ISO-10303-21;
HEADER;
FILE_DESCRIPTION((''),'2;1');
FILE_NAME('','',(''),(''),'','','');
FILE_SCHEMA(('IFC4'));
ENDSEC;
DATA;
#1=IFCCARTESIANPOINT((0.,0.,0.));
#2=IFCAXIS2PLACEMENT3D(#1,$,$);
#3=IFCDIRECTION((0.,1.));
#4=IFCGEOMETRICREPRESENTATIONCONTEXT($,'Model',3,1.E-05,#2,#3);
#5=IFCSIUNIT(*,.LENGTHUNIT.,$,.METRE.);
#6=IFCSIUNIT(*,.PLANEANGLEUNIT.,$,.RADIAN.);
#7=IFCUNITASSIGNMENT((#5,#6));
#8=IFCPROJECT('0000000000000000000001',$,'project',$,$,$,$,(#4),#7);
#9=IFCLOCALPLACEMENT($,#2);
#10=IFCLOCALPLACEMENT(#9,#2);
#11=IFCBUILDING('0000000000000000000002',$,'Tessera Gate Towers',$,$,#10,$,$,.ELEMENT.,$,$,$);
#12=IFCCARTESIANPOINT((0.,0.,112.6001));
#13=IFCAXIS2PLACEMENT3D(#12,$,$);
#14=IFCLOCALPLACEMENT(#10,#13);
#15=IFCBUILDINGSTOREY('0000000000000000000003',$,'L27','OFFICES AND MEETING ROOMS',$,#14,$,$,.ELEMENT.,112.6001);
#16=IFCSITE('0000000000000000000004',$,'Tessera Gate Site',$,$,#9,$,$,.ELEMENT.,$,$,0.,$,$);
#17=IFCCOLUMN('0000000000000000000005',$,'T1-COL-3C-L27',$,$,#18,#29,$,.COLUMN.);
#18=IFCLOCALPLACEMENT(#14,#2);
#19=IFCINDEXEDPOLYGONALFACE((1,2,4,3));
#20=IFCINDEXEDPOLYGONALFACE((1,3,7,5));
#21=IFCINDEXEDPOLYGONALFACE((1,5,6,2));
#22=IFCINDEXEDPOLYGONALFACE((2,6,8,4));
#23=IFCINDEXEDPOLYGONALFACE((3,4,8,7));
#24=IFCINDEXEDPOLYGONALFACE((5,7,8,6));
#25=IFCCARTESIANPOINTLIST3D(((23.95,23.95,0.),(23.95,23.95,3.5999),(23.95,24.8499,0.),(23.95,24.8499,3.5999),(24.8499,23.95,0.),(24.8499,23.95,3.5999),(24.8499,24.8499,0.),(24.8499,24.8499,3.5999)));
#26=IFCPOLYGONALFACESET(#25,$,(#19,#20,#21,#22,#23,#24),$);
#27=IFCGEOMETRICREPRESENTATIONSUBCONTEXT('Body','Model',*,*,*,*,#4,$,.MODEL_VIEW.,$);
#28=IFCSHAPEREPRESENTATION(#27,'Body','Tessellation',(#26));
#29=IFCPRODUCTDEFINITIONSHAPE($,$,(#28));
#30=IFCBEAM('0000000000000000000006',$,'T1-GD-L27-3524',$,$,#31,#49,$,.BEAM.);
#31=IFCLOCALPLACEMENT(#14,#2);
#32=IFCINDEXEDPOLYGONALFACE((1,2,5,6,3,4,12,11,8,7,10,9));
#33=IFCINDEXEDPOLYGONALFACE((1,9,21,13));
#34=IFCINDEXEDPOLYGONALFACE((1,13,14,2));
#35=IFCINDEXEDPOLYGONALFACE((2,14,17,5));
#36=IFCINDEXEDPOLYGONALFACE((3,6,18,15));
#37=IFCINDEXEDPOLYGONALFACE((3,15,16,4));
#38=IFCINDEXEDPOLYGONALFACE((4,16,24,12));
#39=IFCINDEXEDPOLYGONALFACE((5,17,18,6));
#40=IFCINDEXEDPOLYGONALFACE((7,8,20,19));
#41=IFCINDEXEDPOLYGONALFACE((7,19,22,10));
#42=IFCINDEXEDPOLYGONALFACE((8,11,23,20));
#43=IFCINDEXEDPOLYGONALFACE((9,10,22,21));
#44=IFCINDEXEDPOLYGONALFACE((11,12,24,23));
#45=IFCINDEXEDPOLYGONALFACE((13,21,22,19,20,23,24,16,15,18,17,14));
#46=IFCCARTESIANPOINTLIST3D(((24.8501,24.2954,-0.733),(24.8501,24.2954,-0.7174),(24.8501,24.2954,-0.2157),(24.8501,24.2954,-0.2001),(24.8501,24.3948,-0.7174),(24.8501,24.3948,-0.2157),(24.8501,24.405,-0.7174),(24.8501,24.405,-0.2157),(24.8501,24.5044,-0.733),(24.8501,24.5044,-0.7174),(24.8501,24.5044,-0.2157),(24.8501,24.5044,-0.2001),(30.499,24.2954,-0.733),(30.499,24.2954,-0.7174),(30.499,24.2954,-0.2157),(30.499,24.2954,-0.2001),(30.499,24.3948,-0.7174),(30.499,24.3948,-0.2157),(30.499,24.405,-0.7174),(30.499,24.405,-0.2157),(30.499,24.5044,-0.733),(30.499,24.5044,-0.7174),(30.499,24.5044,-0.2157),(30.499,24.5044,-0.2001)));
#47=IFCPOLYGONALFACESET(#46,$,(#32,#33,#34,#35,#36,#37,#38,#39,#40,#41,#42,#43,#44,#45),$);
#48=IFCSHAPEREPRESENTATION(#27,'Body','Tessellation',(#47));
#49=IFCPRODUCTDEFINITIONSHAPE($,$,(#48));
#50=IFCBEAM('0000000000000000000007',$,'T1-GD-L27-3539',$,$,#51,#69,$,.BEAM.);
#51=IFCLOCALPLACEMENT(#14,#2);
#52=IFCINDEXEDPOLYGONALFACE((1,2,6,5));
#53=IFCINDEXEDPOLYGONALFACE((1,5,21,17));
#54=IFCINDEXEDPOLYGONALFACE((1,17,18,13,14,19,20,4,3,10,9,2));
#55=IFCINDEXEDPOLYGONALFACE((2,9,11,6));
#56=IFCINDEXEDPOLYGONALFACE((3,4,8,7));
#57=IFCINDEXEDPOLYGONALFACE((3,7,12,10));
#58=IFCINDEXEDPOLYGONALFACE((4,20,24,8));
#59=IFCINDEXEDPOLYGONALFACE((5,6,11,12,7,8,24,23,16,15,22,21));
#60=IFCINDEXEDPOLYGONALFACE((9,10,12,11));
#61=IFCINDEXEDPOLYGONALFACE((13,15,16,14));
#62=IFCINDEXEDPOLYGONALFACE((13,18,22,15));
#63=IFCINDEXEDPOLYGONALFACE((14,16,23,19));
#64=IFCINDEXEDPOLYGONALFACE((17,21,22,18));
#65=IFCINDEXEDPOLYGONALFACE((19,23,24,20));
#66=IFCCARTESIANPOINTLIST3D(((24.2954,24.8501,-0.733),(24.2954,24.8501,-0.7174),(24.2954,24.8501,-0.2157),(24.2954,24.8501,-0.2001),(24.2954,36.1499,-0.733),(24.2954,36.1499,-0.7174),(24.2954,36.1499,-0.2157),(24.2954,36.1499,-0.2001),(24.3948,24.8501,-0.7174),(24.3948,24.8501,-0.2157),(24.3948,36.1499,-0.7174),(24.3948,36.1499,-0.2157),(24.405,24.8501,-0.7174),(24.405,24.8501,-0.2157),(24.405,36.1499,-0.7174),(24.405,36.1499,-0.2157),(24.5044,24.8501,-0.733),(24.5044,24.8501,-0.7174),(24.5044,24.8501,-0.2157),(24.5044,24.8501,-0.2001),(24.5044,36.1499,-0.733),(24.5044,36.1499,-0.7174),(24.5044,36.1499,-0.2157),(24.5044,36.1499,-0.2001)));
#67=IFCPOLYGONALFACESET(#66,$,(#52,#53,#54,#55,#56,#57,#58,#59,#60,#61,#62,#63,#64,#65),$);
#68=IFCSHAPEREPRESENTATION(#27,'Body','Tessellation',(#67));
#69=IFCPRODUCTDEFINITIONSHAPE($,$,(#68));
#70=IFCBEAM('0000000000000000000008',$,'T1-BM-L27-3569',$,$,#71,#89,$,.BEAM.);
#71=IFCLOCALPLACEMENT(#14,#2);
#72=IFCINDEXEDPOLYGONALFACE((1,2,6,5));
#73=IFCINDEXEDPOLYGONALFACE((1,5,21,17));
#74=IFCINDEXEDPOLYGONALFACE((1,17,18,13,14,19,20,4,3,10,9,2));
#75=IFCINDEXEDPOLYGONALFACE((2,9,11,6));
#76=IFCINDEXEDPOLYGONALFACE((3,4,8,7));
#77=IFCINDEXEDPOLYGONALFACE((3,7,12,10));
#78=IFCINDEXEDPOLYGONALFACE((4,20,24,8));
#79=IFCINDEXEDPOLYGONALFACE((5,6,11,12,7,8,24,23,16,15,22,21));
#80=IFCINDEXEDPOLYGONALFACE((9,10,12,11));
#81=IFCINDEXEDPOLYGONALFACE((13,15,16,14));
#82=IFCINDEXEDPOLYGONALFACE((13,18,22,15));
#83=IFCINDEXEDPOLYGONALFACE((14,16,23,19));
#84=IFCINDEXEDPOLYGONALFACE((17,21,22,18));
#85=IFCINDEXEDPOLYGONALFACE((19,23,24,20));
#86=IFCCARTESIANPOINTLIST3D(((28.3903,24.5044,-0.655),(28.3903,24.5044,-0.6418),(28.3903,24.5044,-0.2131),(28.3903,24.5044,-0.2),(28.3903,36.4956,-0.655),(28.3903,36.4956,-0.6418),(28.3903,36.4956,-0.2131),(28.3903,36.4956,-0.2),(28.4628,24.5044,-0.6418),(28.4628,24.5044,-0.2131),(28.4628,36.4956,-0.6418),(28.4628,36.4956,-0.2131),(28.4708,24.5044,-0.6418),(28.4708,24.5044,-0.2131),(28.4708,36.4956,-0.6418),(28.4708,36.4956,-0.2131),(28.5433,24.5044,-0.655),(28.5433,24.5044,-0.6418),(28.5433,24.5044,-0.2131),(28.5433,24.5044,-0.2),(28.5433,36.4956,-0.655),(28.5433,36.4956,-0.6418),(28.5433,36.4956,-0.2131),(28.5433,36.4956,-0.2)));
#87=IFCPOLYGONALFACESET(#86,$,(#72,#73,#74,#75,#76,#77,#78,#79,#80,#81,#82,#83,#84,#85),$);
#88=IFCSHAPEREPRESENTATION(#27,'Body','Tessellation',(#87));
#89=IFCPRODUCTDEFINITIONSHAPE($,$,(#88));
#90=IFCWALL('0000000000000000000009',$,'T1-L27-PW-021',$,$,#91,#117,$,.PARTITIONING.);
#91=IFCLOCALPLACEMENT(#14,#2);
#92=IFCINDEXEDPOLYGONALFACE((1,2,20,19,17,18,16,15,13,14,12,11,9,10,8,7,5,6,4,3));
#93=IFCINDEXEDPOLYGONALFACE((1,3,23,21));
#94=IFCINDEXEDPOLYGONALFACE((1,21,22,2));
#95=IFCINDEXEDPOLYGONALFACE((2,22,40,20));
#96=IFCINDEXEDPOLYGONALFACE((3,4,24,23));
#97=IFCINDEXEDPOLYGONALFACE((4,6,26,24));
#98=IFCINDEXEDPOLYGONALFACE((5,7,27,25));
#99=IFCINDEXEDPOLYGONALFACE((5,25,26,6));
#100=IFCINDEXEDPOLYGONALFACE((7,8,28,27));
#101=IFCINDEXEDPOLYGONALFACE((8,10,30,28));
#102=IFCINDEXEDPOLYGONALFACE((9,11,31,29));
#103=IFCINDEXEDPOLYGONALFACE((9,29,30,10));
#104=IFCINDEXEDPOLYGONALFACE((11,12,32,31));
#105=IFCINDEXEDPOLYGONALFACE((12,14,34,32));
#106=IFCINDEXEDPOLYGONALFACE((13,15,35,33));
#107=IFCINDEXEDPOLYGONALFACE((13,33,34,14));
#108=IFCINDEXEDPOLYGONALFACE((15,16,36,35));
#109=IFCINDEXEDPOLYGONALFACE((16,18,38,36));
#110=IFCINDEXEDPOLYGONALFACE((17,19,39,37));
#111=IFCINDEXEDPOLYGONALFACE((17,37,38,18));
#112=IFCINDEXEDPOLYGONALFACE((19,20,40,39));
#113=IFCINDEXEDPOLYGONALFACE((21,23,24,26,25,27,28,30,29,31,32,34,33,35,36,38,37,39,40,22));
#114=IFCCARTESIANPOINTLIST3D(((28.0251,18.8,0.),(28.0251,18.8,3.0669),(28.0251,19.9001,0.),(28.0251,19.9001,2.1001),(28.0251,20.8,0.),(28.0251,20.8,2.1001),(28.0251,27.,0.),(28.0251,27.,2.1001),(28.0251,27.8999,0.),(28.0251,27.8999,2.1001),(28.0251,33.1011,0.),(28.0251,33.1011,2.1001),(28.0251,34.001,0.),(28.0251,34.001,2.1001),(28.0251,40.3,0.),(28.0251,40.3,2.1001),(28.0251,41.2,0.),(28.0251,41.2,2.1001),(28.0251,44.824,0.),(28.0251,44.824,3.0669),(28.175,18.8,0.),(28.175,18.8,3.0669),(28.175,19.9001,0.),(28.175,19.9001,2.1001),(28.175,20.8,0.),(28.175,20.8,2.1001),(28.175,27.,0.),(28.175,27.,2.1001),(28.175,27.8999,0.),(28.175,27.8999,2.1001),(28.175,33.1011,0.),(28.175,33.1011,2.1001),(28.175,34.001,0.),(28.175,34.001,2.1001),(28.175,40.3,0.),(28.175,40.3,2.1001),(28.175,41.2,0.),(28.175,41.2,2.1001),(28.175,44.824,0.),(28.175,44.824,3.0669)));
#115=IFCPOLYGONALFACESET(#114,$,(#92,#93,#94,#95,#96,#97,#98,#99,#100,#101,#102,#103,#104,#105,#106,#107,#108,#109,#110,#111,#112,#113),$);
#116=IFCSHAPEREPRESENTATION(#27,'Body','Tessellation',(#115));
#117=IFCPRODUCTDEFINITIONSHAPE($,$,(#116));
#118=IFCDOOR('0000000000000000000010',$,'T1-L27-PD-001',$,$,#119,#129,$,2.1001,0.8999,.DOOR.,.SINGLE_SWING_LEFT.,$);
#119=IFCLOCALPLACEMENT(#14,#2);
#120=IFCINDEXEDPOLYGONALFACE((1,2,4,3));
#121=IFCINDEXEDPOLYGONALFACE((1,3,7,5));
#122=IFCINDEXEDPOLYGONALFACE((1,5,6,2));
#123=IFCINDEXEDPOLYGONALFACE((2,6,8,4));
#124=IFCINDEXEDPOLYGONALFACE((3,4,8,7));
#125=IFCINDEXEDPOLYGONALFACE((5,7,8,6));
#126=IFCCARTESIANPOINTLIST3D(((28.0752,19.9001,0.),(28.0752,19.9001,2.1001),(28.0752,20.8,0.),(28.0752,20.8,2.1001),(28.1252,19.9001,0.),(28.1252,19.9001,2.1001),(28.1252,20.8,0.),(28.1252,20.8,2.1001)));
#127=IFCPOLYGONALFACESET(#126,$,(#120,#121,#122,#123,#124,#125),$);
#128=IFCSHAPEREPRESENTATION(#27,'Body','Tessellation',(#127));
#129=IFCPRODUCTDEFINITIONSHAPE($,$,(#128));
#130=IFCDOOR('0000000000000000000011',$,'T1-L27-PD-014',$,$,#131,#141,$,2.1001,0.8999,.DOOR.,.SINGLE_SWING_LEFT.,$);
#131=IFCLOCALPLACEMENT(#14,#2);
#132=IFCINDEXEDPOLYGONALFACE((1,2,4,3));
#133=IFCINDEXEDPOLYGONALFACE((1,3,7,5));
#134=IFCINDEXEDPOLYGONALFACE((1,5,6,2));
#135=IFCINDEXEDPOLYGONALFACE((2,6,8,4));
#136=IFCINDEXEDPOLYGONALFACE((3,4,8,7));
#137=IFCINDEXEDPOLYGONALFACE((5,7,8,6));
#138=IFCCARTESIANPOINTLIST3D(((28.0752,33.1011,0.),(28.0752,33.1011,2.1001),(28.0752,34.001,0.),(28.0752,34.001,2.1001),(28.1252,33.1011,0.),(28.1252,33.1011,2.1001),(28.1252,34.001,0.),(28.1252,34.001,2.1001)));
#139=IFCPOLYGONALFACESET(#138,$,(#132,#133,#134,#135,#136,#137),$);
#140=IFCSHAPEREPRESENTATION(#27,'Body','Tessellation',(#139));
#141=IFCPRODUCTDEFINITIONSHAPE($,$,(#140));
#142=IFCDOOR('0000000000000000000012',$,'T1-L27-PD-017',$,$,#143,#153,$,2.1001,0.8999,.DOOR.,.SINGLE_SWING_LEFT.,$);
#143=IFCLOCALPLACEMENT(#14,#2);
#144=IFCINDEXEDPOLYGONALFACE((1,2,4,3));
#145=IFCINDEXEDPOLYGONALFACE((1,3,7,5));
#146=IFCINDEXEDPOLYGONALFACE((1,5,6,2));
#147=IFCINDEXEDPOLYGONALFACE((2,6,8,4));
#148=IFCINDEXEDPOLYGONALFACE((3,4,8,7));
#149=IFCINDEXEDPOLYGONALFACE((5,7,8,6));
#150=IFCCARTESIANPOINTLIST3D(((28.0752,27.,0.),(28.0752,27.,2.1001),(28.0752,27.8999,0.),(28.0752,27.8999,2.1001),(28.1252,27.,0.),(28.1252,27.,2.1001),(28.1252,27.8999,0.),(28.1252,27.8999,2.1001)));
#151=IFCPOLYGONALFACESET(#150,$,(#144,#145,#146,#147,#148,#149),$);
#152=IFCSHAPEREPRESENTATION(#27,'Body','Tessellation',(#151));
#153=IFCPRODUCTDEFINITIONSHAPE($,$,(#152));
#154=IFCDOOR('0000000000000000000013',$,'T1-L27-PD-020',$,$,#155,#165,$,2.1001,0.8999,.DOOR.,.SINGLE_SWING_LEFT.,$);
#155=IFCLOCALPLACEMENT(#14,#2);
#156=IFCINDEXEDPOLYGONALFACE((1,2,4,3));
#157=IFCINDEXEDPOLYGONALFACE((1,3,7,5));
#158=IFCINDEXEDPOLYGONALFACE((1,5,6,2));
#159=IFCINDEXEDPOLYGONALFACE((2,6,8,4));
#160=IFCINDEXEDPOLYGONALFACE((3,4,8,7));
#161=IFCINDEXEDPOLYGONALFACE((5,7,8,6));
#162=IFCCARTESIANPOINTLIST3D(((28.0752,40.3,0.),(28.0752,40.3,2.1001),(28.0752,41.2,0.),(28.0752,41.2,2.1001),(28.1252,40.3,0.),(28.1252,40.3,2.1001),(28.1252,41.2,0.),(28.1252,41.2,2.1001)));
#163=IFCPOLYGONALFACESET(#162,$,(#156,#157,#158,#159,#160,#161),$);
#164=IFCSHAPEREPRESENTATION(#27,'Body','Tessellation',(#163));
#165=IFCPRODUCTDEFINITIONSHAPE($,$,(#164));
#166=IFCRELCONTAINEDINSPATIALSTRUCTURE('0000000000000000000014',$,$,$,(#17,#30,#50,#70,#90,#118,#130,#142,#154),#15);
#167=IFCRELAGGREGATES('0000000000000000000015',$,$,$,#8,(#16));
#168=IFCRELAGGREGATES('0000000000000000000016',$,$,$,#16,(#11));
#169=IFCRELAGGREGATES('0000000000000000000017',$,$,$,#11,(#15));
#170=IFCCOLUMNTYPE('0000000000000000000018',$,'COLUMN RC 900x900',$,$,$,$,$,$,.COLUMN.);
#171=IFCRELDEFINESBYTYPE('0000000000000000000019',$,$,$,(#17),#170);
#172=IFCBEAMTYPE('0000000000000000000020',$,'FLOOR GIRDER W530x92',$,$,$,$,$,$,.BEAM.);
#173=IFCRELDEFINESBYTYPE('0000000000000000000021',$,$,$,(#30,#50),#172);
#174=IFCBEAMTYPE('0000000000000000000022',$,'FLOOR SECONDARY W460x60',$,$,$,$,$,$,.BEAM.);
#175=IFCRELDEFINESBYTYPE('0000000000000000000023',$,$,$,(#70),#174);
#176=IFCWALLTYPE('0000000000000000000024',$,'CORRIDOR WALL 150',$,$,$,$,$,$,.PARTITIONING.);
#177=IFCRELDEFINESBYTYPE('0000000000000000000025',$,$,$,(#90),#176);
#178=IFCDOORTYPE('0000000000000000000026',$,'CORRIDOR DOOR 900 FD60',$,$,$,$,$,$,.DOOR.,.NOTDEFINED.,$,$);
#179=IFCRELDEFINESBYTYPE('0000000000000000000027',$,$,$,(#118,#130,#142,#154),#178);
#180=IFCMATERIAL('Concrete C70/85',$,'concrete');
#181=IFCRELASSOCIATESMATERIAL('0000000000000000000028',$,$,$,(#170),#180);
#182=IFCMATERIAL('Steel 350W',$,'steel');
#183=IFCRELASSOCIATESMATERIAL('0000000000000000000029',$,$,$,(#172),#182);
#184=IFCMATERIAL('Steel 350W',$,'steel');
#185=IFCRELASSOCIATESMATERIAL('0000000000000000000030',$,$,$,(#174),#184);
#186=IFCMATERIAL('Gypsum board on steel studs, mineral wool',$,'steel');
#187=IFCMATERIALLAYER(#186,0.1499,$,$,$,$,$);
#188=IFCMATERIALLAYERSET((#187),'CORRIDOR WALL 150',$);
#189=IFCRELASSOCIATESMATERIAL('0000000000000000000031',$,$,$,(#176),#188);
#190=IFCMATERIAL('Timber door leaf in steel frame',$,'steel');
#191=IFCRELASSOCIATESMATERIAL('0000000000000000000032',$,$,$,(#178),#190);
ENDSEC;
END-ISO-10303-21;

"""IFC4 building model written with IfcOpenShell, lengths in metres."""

from ifc_helpers import new_model, si_unit, direction, frame, frame_2d, origin, origin_2d, place, context, subcontext, project, spatial, rectangle, i_section, extrude, source, transform, mapped, material, layer, layer_set, material_profile, profile_set, type_object, element, fill, save


model = new_model("IFC4")

# Units and contexts
model_context = context("Model", 3, precision=1e-05, world=origin(), true_north=direction((0.0, 1.0)))
body_context = subcontext(model_context, "Body", "Model", "MODEL_VIEW")
ifc_project = project(units=[si_unit("LENGTHUNIT", "METRE"), si_unit("PLANEANGLEUNIT", "RADIAN")], contexts=[model_context])

# Site, building, storey
site_placement = place(None, origin())
site = spatial("IfcSite", under=ifc_project, at=site_placement, Name="Tessera Gate Site", CompositionType="ELEMENT", RefElevation=0.0)
building_placement = place(site_placement, origin())
building = spatial("IfcBuilding", under=site, at=building_placement, Name="Tessera Gate Towers", CompositionType="ELEMENT")
storey_placement = place(building_placement, frame((0.0, 0.0, 112.6001)))
storey = spatial("IfcBuildingStorey", under=building, at=storey_placement, Name="L27", Description="OFFICES AND MEETING ROOMS", CompositionType="ELEMENT", Elevation=112.6001)

# Column
ifc_material_1 = material(Name="Concrete C70/85", Category="concrete")
ifc_material_profile_1 = material_profile(ifc_material_1, rectangle(XDim=0.8999, YDim=0.8999, at=origin_2d()), Name="RC 900x900")
ifc_profile_set_1 = profile_set([ifc_material_profile_1], Name="Concrete C70/85")
column_type = type_object("IfcColumnType", Name="COLUMN RC 900x900", PredefinedType="COLUMN", material=ifc_profile_set_1)
column_placement = place(storey_placement, frame((24.3999, 24.3999, 0.0), z_axis=(0.0, 0.0, 1.0), x_axis=(1.0, 0.0, 0.0)))
element("IfcColumn", 1, at=column_placement, inside=storey, type_object=column_type, Name="T1-COL-3C-L27", PredefinedType="COLUMN", context=body_context, shape_type="SweptSolid", body=[
    extrude(rectangle(XDim=0.8999, YDim=0.8999, at=origin_2d()), origin(), (0.0, 0.0, 1.0), 3.5999),
])

# Beams
ifc_material_2 = material(Name="Steel 350W", Category="steel")
ifc_material_profile_2 = material_profile(ifc_material_2, i_section(OverallWidth=0.209, OverallDepth=0.533, WebThickness=0.0103, FlangeThickness=0.0156, at=origin_2d()), Name="W530x92")
ifc_profile_set_2 = profile_set([ifc_material_profile_2], Name="Steel 350W")
beam_type_1 = type_object("IfcBeamType", Name="FLOOR GIRDER W530x92", PredefinedType="BEAM", material=ifc_profile_set_2)
beam_1_placement = place(storey_placement, frame((24.8501, 24.3999, -0.4666), z_axis=(1.0, 0.0, 0.0), x_axis=(0.0, 1.0, 0.0)))
element("IfcBeam", 2, at=beam_1_placement, inside=storey, type_object=beam_type_1, Name="T1-GD-L27-3524", PredefinedType="BEAM", context=body_context, shape_type="SweptSolid", body=[
    extrude(i_section(OverallWidth=0.209, OverallDepth=0.533, WebThickness=0.0103, FlangeThickness=0.0156, at=origin_2d()), origin(), (0.0, 0.0, 1.0), 5.6489),
])
beam_2_placement = place(storey_placement, frame((24.3999, 24.8501, -0.4666), z_axis=(0.0, 1.0, 0.0), x_axis=(-1.0, 0.0, 0.0)))
element("IfcBeam", 3, at=beam_2_placement, inside=storey, type_object=beam_type_1, Name="T1-GD-L27-3539", PredefinedType="BEAM", context=body_context, shape_type="SweptSolid", body=[
    extrude(i_section(OverallWidth=0.209, OverallDepth=0.533, WebThickness=0.0103, FlangeThickness=0.0156, at=origin_2d()), origin(), (0.0, 0.0, 1.0), 11.2998),
])
ifc_material_3 = material(Name="Steel 350W", Category="steel")
ifc_material_profile_3 = material_profile(ifc_material_3, i_section(OverallWidth=0.1531, OverallDepth=0.4551, WebThickness=0.0081, FlangeThickness=0.0132, at=origin_2d()), Name="W460x60")
ifc_profile_set_3 = profile_set([ifc_material_profile_3], Name="Steel 350W")
beam_type_2 = type_object("IfcBeamType", Name="FLOOR SECONDARY W460x60", PredefinedType="BEAM", material=ifc_profile_set_3)
beam_3_placement = place(storey_placement, frame((28.4668, 24.5044, -0.4275), z_axis=(0.0, 1.0, 0.0), x_axis=(-1.0, 0.0, 0.0)))
element("IfcBeam", 4, at=beam_3_placement, inside=storey, type_object=beam_type_2, Name="T1-BM-L27-3569", PredefinedType="BEAM", context=body_context, shape_type="SweptSolid", body=[
    extrude(i_section(OverallWidth=0.1531, OverallDepth=0.4551, WebThickness=0.0081, FlangeThickness=0.0132, at=origin_2d()), origin(), (0.0, 0.0, 1.0), 11.9912),
])

# Wall, openings, doors
ifc_material_4 = material(Name="Gypsum board on steel studs, mineral wool", Category="steel")
ifc_layer_1 = layer(ifc_material_4, 0.1499)
ifc_layer_set_1 = layer_set([ifc_layer_1], Name="CORRIDOR WALL 150")
wall_type_1 = type_object("IfcWallType", Name="CORRIDOR WALL 150", PredefinedType="PARTITIONING", material=ifc_layer_set_1)
wall_1_placement = place(storey_placement, frame((28.1001, 18.8, 0.0), z_axis=(0.0, 0.0, 1.0), x_axis=(0.0, 1.0, 0.0)))
wall_1 = element("IfcWall", 5, at=wall_1_placement, inside=storey, type_object=wall_type_1, Name="T1-L27-PW-021", PredefinedType="PARTITIONING", context=body_context, shape_type="SweptSolid", body=[
    extrude(rectangle(XDim=26.0239, YDim=0.1499, at=frame_2d((13.012, 0.0))), origin(), (0.0, 0.0, 1.0), 3.0669),
])
shared_shape_1 = source(origin(), body_context, "Body", "SweptSolid", [
    extrude(rectangle(XDim=0.8999, YDim=2.1001, at=frame_2d((0.45, 1.05))), frame((0.0, 0.085, 0.0), z_axis=(0.0, -1.0, 0.0), x_axis=(1.0, 0.0, 0.0)), (0.0, 0.0, 1.0), 0.1699),
])
opening_1_placement = place(wall_1_placement, frame((1.1001, 0.0, 0.0)))
opening_1 = element("IfcOpeningElement", 6, at=opening_1_placement, cuts=wall_1, PredefinedType="OPENING", context=body_context, shape_type="MappedRepresentation", body=[
    mapped(shared_shape_1, transform((0.0, 0.0, 0.0), scale=1.0)),
])
opening_2_placement = place(wall_1_placement, frame((14.301, 0.0, 0.0)))
opening_2 = element("IfcOpeningElement", 7, at=opening_2_placement, cuts=wall_1, PredefinedType="OPENING", context=body_context, shape_type="MappedRepresentation", body=[
    mapped(shared_shape_1, transform((0.0, 0.0, 0.0), scale=1.0)),
])
opening_3_placement = place(wall_1_placement, frame((8.2, 0.0, 0.0)))
opening_3 = element("IfcOpeningElement", 8, at=opening_3_placement, cuts=wall_1, PredefinedType="OPENING", context=body_context, shape_type="MappedRepresentation", body=[
    mapped(shared_shape_1, transform((0.0, 0.0, 0.0), scale=1.0)),
])
opening_4_placement = place(wall_1_placement, frame((21.5, 0.0, 0.0)))
opening_4 = element("IfcOpeningElement", 9, at=opening_4_placement, cuts=wall_1, PredefinedType="OPENING", context=body_context, shape_type="MappedRepresentation", body=[
    mapped(shared_shape_1, transform((0.0, 0.0, 0.0), scale=1.0)),
])
ifc_material_5 = material(Name="Timber door leaf in steel frame", Category="steel")
door_type = type_object("IfcDoorType", Name="CORRIDOR DOOR 900 FD60", OperationType="NOTDEFINED", PredefinedType="DOOR", material=ifc_material_5)
shared_shape_2 = source(origin(), body_context, "Body", "SweptSolid", [
    extrude(rectangle(XDim=0.8999, YDim=2.1001, at=frame_2d((0.45, 1.05))), frame((0.0, 0.0249, 0.0), z_axis=(0.0, -1.0, 0.0), x_axis=(1.0, 0.0, 0.0)), (0.0, 0.0, 1.0), 0.05),
])
door_1_placement = place(opening_1_placement, origin())
door_1 = element("IfcDoor", 10, at=door_1_placement, inside=storey, type_object=door_type, Name="T1-L27-PD-001", OperationType="SINGLE_SWING_LEFT", OverallHeight=2.1001, OverallWidth=0.8999, PredefinedType="DOOR", context=body_context, shape_type="MappedRepresentation", body=[
    mapped(shared_shape_2, transform((0.0, 0.0, 0.0), scale=1.0)),
])
fill(opening_1, door_1)
door_2_placement = place(opening_2_placement, origin())
door_2 = element("IfcDoor", 11, at=door_2_placement, inside=storey, type_object=door_type, Name="T1-L27-PD-014", OperationType="SINGLE_SWING_LEFT", OverallHeight=2.1001, OverallWidth=0.8999, PredefinedType="DOOR", context=body_context, shape_type="MappedRepresentation", body=[
    mapped(shared_shape_2, transform((0.0, 0.0, 0.0), scale=1.0)),
])
fill(opening_2, door_2)
door_3_placement = place(opening_3_placement, origin())
door_3 = element("IfcDoor", 12, at=door_3_placement, inside=storey, type_object=door_type, Name="T1-L27-PD-017", OperationType="SINGLE_SWING_LEFT", OverallHeight=2.1001, OverallWidth=0.8999, PredefinedType="DOOR", context=body_context, shape_type="MappedRepresentation", body=[
    mapped(shared_shape_2, transform((0.0, 0.0, 0.0), scale=1.0)),
])
fill(opening_3, door_3)
door_4_placement = place(opening_4_placement, origin())
door_4 = element("IfcDoor", 13, at=door_4_placement, inside=storey, type_object=door_type, Name="T1-L27-PD-020", OperationType="SINGLE_SWING_LEFT", OverallHeight=2.1001, OverallWidth=0.8999, PredefinedType="DOOR", context=body_context, shape_type="MappedRepresentation", body=[
    mapped(shared_shape_2, transform((0.0, 0.0, 0.0), scale=1.0)),
])
fill(opening_4, door_4)

save(model, "model.ifc")
